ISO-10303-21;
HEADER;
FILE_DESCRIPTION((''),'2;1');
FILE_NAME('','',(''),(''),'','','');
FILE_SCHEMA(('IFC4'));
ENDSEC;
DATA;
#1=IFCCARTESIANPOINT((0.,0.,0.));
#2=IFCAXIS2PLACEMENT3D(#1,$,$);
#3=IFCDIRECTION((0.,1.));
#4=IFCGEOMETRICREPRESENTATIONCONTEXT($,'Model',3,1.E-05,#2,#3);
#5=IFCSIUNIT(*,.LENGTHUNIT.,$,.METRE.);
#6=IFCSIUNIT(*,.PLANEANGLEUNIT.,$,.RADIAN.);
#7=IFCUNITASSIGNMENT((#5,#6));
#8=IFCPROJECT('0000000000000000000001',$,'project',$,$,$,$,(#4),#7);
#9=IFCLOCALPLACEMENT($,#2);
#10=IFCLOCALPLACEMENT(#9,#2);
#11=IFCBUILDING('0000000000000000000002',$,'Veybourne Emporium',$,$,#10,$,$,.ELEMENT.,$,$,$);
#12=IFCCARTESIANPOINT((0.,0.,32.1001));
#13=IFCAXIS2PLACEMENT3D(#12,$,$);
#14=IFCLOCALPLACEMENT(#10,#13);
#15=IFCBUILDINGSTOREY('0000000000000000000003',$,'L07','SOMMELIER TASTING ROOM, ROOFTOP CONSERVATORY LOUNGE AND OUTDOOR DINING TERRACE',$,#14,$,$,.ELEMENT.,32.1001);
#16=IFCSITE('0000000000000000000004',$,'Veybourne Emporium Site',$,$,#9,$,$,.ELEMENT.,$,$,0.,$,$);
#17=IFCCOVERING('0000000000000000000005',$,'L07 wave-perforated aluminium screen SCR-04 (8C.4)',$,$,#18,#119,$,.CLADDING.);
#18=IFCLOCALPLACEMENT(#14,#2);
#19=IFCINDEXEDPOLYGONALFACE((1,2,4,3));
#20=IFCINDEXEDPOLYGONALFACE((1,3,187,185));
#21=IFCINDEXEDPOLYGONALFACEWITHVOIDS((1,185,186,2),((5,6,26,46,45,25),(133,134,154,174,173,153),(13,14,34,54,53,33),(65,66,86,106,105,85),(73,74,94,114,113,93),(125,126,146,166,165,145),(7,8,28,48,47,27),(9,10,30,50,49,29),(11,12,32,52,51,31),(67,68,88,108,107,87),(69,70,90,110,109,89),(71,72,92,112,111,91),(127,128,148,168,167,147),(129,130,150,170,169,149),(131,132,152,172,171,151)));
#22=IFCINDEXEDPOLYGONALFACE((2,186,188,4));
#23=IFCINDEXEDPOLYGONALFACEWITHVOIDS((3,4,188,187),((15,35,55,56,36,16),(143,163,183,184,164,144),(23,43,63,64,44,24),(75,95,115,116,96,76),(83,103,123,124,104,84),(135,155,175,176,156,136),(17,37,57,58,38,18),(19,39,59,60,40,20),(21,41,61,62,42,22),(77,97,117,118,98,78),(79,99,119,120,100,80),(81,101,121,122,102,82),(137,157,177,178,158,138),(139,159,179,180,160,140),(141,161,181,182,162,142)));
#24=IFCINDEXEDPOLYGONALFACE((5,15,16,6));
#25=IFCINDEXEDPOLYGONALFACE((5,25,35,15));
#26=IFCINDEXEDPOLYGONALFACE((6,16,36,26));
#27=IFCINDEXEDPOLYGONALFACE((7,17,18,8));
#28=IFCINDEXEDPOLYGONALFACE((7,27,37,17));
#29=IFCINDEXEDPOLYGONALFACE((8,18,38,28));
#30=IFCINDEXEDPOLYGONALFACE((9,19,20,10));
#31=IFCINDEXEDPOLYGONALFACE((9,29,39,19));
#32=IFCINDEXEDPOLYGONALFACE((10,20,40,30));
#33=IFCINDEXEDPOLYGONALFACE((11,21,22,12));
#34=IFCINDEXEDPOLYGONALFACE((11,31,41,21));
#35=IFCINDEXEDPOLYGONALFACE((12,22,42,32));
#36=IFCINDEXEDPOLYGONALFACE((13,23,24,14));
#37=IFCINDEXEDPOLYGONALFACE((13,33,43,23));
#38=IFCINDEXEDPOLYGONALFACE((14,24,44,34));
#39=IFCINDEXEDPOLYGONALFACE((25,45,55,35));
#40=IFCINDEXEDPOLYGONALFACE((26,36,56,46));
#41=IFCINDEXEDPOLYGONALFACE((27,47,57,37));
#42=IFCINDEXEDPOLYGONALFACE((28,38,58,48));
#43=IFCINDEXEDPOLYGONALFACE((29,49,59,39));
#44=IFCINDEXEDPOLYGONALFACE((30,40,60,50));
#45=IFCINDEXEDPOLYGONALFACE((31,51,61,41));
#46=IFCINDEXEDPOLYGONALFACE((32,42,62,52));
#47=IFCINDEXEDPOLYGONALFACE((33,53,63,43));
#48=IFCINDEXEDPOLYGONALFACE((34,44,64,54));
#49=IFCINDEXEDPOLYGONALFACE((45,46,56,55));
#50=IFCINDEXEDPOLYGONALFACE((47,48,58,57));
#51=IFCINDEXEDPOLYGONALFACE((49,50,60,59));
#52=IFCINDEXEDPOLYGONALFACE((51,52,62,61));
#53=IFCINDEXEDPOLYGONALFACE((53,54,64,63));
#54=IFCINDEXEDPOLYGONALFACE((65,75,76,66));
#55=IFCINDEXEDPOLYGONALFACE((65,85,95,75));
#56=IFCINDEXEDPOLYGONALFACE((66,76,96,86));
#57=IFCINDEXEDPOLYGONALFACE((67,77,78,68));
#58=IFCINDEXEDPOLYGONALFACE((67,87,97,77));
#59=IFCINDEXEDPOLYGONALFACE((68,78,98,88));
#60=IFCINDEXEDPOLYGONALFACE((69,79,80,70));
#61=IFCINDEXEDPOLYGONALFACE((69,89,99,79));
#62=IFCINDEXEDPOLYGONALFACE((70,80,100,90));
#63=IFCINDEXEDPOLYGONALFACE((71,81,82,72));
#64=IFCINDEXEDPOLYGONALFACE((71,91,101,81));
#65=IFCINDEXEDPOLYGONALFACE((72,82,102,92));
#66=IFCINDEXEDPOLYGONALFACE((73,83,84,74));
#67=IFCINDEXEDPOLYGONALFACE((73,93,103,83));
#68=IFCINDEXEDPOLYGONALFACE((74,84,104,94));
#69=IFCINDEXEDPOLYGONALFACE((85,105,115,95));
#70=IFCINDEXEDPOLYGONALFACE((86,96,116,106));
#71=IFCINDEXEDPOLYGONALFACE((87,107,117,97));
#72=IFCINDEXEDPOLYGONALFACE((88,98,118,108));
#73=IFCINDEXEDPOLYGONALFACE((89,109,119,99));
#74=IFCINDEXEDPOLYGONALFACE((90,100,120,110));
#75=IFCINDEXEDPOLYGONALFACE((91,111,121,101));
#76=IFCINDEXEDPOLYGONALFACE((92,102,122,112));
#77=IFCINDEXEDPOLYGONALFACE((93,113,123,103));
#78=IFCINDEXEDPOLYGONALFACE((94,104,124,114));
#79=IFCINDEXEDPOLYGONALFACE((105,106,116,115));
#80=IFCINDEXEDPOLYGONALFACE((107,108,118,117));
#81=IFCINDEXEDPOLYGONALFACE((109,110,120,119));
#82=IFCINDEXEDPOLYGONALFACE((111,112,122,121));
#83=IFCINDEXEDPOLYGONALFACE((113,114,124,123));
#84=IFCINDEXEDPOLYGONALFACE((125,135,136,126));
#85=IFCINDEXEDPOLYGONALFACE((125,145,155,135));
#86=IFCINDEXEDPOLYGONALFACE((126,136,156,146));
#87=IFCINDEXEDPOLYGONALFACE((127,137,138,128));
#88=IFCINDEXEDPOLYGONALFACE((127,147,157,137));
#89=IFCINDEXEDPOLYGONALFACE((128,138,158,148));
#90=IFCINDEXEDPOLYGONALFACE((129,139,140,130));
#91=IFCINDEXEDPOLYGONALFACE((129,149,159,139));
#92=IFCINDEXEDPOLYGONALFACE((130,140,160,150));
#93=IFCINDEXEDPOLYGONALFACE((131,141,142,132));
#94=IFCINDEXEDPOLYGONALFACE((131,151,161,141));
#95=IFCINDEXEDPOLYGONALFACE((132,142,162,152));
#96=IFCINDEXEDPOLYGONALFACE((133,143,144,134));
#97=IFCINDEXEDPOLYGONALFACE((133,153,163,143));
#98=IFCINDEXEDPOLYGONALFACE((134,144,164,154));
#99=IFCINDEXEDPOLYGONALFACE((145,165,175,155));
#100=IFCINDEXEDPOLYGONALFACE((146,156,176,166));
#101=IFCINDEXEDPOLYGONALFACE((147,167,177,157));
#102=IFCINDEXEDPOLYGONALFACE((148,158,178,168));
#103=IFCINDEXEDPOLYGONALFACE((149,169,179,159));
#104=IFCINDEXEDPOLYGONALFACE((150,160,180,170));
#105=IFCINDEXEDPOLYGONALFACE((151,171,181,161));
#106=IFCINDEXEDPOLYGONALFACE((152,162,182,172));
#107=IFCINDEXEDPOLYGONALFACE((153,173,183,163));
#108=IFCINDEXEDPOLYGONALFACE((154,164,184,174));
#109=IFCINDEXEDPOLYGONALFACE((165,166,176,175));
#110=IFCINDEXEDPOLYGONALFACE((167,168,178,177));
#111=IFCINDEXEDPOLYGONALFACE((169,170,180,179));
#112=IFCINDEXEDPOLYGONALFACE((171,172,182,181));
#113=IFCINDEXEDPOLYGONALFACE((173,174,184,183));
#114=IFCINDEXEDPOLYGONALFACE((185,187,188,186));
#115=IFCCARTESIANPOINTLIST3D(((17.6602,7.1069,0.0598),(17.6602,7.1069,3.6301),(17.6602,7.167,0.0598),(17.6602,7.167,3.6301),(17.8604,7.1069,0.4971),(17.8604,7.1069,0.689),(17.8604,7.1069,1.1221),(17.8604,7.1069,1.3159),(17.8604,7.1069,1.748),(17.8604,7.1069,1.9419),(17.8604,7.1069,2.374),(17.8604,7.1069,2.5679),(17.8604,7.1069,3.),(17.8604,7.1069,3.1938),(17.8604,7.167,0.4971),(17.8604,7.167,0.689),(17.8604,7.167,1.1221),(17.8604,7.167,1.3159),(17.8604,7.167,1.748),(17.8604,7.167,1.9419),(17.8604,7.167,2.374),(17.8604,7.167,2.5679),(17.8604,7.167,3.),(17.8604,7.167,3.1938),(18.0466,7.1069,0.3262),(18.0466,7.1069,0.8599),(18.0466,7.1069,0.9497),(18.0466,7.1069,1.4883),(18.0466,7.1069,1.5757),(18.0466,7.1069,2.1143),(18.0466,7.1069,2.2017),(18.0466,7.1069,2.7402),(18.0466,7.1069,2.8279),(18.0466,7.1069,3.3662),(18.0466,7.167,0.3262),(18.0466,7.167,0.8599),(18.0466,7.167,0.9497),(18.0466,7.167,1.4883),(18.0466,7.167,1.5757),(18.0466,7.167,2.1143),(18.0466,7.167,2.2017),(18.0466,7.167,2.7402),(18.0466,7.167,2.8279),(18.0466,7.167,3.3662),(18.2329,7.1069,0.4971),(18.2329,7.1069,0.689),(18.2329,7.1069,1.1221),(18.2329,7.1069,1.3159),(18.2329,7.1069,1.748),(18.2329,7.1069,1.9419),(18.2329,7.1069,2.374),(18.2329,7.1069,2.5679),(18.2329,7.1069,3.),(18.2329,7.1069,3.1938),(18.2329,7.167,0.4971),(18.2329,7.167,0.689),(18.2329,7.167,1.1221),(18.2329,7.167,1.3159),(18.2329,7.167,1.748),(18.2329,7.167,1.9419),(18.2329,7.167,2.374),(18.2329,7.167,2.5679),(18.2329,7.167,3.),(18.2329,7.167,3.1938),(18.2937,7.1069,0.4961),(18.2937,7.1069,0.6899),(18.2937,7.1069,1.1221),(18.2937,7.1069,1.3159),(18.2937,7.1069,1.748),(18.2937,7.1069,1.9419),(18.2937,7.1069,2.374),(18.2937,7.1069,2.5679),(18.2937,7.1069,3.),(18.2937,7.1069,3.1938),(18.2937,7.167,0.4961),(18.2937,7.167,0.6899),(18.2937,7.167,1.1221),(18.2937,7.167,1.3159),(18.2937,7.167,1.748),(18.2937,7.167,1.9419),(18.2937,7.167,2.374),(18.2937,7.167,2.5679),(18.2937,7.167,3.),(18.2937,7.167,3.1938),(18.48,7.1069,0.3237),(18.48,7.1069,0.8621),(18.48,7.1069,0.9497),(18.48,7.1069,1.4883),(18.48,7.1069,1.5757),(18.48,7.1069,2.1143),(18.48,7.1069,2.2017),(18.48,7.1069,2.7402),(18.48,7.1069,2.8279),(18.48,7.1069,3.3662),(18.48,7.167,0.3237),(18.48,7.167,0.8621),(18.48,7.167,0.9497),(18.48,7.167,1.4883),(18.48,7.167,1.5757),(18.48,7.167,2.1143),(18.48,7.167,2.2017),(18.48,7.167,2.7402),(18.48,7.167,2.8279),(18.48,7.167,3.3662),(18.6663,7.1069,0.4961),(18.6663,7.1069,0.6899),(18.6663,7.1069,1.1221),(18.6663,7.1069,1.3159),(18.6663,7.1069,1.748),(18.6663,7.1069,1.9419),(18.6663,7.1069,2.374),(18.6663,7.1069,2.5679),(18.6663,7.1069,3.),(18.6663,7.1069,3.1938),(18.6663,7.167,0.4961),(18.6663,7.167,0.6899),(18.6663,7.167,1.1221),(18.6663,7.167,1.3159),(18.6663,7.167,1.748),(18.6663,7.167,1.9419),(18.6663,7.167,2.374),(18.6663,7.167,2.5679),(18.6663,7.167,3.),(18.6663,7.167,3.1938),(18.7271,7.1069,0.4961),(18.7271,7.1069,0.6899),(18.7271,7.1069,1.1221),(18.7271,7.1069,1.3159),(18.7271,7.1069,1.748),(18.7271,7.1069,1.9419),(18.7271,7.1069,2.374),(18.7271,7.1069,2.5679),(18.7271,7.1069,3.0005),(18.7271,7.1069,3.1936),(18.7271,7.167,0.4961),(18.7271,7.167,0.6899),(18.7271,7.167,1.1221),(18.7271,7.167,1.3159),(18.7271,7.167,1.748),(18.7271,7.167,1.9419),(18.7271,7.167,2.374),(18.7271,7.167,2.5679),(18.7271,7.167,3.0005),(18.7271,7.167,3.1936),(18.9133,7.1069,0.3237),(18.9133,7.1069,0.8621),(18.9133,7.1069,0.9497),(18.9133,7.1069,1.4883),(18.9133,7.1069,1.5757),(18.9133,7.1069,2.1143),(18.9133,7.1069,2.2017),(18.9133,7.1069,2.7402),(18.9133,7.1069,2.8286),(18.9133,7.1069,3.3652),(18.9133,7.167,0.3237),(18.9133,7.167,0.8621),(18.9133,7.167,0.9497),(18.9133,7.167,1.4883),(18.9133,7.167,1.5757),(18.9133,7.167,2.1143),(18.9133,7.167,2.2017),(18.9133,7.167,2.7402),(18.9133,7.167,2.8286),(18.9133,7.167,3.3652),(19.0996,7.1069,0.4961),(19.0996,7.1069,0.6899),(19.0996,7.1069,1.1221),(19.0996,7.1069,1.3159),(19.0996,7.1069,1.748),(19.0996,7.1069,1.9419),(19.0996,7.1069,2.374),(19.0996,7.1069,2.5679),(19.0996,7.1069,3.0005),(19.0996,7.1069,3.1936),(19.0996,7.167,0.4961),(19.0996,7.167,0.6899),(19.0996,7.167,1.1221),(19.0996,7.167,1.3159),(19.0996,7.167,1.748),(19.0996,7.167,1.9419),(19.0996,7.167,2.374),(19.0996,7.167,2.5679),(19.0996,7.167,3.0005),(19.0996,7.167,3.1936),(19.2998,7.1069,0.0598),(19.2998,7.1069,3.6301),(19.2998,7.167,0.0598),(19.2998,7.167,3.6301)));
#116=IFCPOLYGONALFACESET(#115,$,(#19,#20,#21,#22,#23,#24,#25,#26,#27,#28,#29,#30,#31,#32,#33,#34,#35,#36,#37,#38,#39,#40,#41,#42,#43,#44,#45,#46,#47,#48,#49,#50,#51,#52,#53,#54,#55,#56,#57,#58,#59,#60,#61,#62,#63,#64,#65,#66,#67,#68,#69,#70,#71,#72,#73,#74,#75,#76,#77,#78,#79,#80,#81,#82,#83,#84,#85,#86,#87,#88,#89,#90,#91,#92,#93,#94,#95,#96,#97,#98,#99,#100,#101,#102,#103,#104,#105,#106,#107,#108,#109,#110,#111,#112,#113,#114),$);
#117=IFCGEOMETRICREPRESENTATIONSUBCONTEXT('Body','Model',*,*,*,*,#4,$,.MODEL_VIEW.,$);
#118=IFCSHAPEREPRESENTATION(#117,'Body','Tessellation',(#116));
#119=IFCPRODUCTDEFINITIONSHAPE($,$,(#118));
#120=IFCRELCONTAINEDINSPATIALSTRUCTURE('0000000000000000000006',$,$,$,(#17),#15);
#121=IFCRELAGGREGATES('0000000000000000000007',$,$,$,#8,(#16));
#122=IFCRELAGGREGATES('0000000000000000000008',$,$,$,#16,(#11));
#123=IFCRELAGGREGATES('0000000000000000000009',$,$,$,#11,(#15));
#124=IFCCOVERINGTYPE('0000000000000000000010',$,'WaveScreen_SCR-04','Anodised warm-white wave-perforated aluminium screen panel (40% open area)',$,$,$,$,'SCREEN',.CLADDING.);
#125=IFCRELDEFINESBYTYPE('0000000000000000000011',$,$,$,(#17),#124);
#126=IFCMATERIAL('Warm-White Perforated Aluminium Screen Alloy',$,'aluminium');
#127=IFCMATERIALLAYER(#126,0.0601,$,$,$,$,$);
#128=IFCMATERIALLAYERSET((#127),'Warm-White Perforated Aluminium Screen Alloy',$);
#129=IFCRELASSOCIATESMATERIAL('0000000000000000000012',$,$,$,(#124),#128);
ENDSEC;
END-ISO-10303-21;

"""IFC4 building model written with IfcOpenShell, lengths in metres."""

from ifc_helpers import new_model, si_unit, direction, frame, origin, place, context, subcontext, project, spatial, polyline, outline, extrude, material, layer, layer_set, type_object, element, save


model = new_model("IFC4")

# Units and contexts
model_context = context("Model", 3, precision=1e-05, world=origin(), true_north=direction((0.0, 1.0)))
body_context = subcontext(model_context, "Body", "Model", "MODEL_VIEW")
ifc_project = project(units=[si_unit("LENGTHUNIT", "METRE"), si_unit("PLANEANGLEUNIT", "RADIAN")], contexts=[model_context])

# Site, building, storey
site_placement = place(None, origin())
site = spatial("IfcSite", under=ifc_project, at=site_placement, Name="Veybourne Emporium Site", CompositionType="ELEMENT", RefElevation=0.0)
building_placement = place(site_placement, origin())
building = spatial("IfcBuilding", under=site, at=building_placement, Name="Veybourne Emporium", CompositionType="ELEMENT")
storey_placement = place(building_placement, frame((0.0, 0.0, 32.1001)))
storey = spatial("IfcBuildingStorey", under=building, at=storey_placement, Name="L07", Description="SOMMELIER TASTING ROOM, ROOFTOP CONSERVATORY LOUNGE AND OUTDOOR DINING TERRACE", CompositionType="ELEMENT", Elevation=32.1001)

# Covering
ifc_material_1 = material(Name="Warm-White Perforated Aluminium Screen Alloy", Category="aluminium")
ifc_layer_1 = layer(ifc_material_1, 0.0601)
ifc_layer_set_1 = layer_set([ifc_layer_1], Name="Warm-White Perforated Aluminium Screen Alloy")
covering_type = type_object("IfcCoveringType", Name="WaveScreen_SCR-04", Description="Anodised warm-white wave-perforated aluminium screen panel (40% open area)", ElementType="SCREEN", PredefinedType="CLADDING", material=ifc_layer_set_1)
covering_placement = place(storey_placement, frame((18.48, 7.1069, 1.845), z_axis=(0.0, 1.0, 0.0), x_axis=(-1.0, 0.0, 0.0)))
element("IfcCovering", 1, at=covering_placement, inside=storey, type_object=covering_type, Name="L07 wave-perforated aluminium screen SCR-04 (8C.4)", PredefinedType="CLADDING", context=body_context, shape_type="SweptSolid", body=[
    extrude(outline(polyline([(-0.8198, -1.7852), (0.8198, -1.7852), (0.8198, 1.7852), (-0.8198, 1.7852), (-0.8198, -1.7852)]), holes=[polyline([(-0.4333, -0.9829), (-0.2471, -1.155), (-0.2471, -1.3489), (-0.4333, -1.5212), (-0.6196, -1.3489), (-0.6196, -1.155), (-0.4333, -0.9829)]), polyline([(-0.4333, -0.3567), (-0.2471, -0.5291), (-0.2471, -0.7229), (-0.4333, -0.8953), (-0.6196, -0.7229), (-0.6196, -0.5291), (-0.4333, -0.3567)]), polyline([(-0.4333, 0.2693), (-0.2471, 0.0969), (-0.2471, -0.0969), (-0.4333, -0.2693), (-0.6196, -0.0969), (-0.6196, 0.0969), (-0.4333, 0.2693)]), polyline([(-0.4333, 0.8953), (-0.2471, 0.7229), (-0.2471, 0.5291), (-0.4333, 0.3567), (-0.6196, 0.5291), (-0.6196, 0.7229), (-0.4333, 0.8953)]), polyline([(-0.4333, 1.5203), (-0.2471, 1.3486), (-0.2471, 1.1555), (-0.4333, 0.9836), (-0.6196, 1.1555), (-0.6196, 1.3486), (-0.4333, 1.5203)]), polyline([(0.0, -0.9829), (0.1863, -1.155), (0.1863, -1.3489), (0.0, -1.5212), (-0.1863, -1.3489), (-0.1863, -1.155), (0.0, -0.9829)]), polyline([(0.0, -0.3567), (0.1863, -0.5291), (0.1863, -0.7229), (0.0, -0.8953), (-0.1863, -0.7229), (-0.1863, -0.5291), (0.0, -0.3567)]), polyline([(0.0, 0.2693), (0.1863, 0.0969), (0.1863, -0.0969), (0.0, -0.2693), (-0.1863, -0.0969), (-0.1863, 0.0969), (0.0, 0.2693)]), polyline([(0.0, 0.8953), (0.1863, 0.7229), (0.1863, 0.5291), (0.0, 0.3567), (-0.1863, 0.5291), (-0.1863, 0.7229), (0.0, 0.8953)]), polyline([(0.0, 1.5212), (0.1863, 1.3489), (0.1863, 1.155), (0.0, 0.9829), (-0.1863, 1.155), (-0.1863, 1.3489), (0.0, 1.5212)]), polyline([(0.4333, -0.9851), (0.6196, -1.156), (0.6196, -1.3479), (0.4333, -1.5188), (0.2471, -1.3479), (0.2471, -1.156), (0.4333, -0.9851)]), polyline([(0.4333, -0.3567), (0.6196, -0.5291), (0.6196, -0.7229), (0.4333, -0.8953), (0.2471, -0.7229), (0.2471, -0.5291), (0.4333, -0.3567)]), polyline([(0.4333, 0.2693), (0.6196, 0.0969), (0.6196, -0.0969), (0.4333, -0.2693), (0.2471, -0.0969), (0.2471, 0.0969), (0.4333, 0.2693)]), polyline([(0.4333, 0.8953), (0.6196, 0.7229), (0.6196, 0.5291), (0.4333, 0.3567), (0.2471, 0.5291), (0.2471, 0.7229), (0.4333, 0.8953)]), polyline([(0.4333, 1.5212), (0.6196, 1.3489), (0.6196, 1.155), (0.4333, 0.9829), (0.2471, 1.155), (0.2471, 1.3489), (0.4333, 1.5212)])]), origin(), (0.0, 0.0, 1.0), 0.0601),
])

save(model, "model.ifc")
